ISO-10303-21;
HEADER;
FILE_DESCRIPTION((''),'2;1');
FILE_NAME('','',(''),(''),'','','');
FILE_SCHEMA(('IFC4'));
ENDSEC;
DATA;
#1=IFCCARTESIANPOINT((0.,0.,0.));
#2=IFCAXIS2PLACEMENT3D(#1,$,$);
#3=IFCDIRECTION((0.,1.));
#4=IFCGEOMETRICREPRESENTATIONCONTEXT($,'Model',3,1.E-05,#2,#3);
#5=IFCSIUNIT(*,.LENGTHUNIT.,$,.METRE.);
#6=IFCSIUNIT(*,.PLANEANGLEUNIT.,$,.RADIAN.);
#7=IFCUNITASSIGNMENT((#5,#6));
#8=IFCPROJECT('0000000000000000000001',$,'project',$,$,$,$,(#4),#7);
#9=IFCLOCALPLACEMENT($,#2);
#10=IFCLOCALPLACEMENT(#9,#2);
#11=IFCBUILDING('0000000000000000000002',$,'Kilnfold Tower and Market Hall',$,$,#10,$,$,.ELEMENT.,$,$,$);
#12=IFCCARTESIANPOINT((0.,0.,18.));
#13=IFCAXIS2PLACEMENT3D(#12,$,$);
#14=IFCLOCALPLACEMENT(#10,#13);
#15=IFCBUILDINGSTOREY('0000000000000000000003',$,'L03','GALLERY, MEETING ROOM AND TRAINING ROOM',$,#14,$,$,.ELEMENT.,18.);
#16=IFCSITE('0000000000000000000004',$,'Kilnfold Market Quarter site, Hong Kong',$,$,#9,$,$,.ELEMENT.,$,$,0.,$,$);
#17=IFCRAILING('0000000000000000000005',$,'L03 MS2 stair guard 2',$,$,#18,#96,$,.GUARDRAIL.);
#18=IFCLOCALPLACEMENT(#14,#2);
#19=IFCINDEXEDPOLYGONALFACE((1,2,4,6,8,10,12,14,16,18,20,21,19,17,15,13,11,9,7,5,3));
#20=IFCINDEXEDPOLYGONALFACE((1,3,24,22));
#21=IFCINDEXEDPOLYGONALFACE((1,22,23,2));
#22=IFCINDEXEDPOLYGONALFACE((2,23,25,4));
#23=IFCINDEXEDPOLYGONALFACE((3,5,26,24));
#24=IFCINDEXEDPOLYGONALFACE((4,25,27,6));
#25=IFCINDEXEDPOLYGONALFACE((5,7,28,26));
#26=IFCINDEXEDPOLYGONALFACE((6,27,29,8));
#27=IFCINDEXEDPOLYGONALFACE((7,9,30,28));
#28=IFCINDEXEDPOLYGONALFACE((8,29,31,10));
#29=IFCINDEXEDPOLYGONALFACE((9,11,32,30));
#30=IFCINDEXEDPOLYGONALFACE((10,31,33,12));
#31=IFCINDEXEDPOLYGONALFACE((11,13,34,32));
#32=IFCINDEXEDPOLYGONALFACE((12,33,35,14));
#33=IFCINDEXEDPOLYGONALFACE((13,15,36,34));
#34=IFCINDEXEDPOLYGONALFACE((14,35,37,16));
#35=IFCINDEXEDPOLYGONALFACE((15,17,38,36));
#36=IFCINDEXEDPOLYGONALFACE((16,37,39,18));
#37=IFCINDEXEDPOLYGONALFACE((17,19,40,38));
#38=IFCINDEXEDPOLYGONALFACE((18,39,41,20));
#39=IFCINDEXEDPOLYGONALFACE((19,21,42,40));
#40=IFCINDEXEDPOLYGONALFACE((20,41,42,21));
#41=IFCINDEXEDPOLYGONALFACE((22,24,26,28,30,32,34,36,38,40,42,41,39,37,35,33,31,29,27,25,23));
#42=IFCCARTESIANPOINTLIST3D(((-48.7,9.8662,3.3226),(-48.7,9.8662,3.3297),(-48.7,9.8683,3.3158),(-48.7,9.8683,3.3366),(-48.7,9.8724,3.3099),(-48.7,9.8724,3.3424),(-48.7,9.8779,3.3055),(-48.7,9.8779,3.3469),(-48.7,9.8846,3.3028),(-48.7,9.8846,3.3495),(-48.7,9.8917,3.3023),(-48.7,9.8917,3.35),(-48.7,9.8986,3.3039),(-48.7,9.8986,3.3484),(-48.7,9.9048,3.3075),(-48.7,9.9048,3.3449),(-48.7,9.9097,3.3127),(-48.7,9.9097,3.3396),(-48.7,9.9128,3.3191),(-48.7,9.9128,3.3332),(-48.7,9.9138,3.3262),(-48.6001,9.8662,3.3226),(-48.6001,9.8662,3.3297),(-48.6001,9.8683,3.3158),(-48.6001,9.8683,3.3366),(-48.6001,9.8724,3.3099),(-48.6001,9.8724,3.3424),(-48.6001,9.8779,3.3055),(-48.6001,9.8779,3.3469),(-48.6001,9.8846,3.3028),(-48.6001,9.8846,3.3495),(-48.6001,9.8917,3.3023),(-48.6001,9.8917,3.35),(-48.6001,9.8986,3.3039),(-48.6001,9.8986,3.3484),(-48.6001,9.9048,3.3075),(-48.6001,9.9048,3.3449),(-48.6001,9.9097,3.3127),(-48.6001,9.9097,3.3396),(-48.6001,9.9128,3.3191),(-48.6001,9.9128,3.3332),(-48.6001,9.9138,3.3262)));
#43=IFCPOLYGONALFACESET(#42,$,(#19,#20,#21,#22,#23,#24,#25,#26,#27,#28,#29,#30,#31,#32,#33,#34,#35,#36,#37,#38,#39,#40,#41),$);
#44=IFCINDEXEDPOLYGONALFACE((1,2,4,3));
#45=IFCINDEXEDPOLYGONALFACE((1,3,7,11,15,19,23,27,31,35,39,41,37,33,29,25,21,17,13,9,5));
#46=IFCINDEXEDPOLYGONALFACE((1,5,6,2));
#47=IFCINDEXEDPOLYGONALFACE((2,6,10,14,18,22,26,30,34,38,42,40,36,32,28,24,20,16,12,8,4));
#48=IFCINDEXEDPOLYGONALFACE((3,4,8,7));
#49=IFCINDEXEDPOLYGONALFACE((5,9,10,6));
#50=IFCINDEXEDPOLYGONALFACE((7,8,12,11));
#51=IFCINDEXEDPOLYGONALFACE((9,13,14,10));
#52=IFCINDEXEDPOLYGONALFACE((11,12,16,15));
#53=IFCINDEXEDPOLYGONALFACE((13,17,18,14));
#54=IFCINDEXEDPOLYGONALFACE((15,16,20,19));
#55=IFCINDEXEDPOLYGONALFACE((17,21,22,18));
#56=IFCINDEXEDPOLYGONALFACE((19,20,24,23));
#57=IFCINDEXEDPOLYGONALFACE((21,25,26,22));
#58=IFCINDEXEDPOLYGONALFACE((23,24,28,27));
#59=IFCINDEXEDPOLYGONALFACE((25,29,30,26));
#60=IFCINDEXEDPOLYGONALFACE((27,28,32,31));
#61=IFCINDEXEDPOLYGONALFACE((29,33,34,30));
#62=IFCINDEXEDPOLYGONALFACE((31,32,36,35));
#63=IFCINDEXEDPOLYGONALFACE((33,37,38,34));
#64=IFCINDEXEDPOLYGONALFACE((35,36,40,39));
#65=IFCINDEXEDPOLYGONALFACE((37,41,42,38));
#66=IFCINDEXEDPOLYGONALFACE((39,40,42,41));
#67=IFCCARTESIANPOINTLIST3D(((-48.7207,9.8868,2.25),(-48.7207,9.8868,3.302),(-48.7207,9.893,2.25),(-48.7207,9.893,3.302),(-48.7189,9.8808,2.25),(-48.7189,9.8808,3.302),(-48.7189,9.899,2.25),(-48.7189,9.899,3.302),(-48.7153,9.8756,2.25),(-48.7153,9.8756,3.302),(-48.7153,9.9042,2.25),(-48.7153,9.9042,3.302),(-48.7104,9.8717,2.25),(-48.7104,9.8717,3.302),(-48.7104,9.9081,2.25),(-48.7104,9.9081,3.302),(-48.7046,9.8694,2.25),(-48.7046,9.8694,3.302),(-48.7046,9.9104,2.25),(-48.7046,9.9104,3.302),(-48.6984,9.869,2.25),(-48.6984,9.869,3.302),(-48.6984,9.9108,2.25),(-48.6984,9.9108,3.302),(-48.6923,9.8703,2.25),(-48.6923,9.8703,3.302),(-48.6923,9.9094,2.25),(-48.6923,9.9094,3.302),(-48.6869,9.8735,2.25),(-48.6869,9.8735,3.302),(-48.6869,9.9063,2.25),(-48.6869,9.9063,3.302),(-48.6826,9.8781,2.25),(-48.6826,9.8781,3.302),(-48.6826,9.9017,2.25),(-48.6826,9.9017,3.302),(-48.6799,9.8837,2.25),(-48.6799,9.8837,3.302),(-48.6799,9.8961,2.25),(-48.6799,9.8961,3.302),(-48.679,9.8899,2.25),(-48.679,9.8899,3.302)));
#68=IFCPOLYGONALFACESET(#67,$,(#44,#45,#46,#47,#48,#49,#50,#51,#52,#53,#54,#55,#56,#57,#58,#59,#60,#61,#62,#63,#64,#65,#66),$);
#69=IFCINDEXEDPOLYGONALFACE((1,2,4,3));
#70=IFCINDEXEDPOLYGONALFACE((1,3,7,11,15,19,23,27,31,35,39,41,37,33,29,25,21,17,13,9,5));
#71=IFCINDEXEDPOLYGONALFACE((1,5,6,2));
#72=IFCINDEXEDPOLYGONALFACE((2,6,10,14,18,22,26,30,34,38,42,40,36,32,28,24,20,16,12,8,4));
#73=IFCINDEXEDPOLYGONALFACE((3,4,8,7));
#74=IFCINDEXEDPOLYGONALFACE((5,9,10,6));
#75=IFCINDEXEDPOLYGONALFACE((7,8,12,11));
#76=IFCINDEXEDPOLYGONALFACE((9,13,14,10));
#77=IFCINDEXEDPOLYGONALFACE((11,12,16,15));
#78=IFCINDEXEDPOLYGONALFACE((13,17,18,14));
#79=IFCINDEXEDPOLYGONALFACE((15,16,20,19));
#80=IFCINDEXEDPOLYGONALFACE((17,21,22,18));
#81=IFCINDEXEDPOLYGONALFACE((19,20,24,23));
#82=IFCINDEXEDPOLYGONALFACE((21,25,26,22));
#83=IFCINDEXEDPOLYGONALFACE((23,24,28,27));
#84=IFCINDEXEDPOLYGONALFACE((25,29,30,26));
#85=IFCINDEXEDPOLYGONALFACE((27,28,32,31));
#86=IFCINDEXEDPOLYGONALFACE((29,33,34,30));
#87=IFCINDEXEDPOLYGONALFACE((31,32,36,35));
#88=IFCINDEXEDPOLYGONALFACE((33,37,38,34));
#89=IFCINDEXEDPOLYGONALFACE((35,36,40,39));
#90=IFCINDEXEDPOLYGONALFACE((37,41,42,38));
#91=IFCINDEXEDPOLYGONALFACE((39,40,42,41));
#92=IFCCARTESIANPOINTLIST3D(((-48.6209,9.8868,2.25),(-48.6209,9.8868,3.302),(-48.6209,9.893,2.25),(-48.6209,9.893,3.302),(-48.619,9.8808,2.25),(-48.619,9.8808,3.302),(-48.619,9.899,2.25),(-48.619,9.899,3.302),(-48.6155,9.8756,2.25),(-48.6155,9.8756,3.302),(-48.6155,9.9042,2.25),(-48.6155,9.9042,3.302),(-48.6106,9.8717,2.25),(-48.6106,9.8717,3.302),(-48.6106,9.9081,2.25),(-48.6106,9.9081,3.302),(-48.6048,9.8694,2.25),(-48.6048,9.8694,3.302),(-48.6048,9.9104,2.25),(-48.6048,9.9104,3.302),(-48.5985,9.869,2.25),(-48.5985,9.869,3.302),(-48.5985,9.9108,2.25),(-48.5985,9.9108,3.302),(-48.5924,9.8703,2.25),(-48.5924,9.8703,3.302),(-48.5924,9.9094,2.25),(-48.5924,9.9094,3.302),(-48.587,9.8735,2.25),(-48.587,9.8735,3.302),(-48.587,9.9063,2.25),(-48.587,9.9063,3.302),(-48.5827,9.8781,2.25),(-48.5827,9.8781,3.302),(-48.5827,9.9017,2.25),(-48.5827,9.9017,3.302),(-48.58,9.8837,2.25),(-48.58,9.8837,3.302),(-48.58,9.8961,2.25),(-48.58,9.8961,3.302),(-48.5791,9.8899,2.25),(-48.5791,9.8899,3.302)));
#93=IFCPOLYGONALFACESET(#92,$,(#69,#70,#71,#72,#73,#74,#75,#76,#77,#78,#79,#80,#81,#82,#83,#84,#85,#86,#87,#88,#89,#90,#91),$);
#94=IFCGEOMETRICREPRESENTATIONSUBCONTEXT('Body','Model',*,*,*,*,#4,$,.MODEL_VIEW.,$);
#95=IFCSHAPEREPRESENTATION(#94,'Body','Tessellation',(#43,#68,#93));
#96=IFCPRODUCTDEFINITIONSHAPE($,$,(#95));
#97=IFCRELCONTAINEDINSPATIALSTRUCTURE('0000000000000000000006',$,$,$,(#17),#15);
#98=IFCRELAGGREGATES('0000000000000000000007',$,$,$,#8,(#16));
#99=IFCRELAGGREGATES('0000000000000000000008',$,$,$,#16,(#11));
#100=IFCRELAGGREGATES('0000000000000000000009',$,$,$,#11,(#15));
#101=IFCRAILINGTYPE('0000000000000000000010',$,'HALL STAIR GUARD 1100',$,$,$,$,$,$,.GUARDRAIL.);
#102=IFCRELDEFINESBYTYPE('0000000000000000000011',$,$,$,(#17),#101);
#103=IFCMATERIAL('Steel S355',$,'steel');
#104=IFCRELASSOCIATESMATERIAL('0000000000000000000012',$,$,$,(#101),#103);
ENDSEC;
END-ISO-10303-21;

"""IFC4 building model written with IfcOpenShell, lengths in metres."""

from ifc_helpers import new_model, si_unit, direction, frame, origin, origin_2d, place, context, subcontext, project, spatial, circle, extrude, material, type_object, element, save


model = new_model("IFC4")

# Units and contexts
model_context = context("Model", 3, precision=1e-05, world=origin(), true_north=direction((0.0, 1.0)))
body_context = subcontext(model_context, "Body", "Model", "MODEL_VIEW")
ifc_project = project(units=[si_unit("LENGTHUNIT", "METRE"), si_unit("PLANEANGLEUNIT", "RADIAN")], contexts=[model_context])

# Site, building, storey
site_placement = place(None, origin())
site = spatial("IfcSite", under=ifc_project, at=site_placement, Name="Kilnfold Market Quarter site, Hong Kong", CompositionType="ELEMENT", RefElevation=0.0)
building_placement = place(site_placement, origin())
building = spatial("IfcBuilding", under=site, at=building_placement, Name="Kilnfold Tower and Market Hall", CompositionType="ELEMENT")
storey_placement = place(building_placement, frame((0.0, 0.0, 18.0)))
storey = spatial("IfcBuildingStorey", under=building, at=storey_placement, Name="L03", Description="GALLERY, MEETING ROOM AND TRAINING ROOM", CompositionType="ELEMENT", Elevation=18.0)

# Railing
ifc_material_1 = material(Name="Steel S355", Category="steel")
railing_type_1 = type_object("IfcRailingType", Name="HALL STAIR GUARD 1100", PredefinedType="GUARDRAIL", material=ifc_material_1)
railing_1_placement = place(storey_placement, frame((-48.7, 9.8899, 2.25)))
element("IfcRailing", 1, at=railing_1_placement, inside=storey, type_object=railing_type_1, Name="L03 MS2 stair guard 2", PredefinedType="GUARDRAIL", context=body_context, shape_type="SweptSolid", body=[
    extrude(circle(Radius=0.0239, at=origin_2d()), frame((0.0, 0.0, 1.0762), z_axis=(1.0, 0.0, 0.0), x_axis=(0.0, 1.0, 0.0)), (0.0, 0.0, 1.0), 0.0999),
    extrude(circle(Radius=0.021, at=origin_2d()), origin(), (0.0, 0.0, 1.0), 1.052),
    extrude(circle(Radius=0.021, at=origin_2d()), frame((0.0999, 0.0, 0.0)), (0.0, 0.0, 1.0), 1.052),
])

save(model, "model.ifc")
